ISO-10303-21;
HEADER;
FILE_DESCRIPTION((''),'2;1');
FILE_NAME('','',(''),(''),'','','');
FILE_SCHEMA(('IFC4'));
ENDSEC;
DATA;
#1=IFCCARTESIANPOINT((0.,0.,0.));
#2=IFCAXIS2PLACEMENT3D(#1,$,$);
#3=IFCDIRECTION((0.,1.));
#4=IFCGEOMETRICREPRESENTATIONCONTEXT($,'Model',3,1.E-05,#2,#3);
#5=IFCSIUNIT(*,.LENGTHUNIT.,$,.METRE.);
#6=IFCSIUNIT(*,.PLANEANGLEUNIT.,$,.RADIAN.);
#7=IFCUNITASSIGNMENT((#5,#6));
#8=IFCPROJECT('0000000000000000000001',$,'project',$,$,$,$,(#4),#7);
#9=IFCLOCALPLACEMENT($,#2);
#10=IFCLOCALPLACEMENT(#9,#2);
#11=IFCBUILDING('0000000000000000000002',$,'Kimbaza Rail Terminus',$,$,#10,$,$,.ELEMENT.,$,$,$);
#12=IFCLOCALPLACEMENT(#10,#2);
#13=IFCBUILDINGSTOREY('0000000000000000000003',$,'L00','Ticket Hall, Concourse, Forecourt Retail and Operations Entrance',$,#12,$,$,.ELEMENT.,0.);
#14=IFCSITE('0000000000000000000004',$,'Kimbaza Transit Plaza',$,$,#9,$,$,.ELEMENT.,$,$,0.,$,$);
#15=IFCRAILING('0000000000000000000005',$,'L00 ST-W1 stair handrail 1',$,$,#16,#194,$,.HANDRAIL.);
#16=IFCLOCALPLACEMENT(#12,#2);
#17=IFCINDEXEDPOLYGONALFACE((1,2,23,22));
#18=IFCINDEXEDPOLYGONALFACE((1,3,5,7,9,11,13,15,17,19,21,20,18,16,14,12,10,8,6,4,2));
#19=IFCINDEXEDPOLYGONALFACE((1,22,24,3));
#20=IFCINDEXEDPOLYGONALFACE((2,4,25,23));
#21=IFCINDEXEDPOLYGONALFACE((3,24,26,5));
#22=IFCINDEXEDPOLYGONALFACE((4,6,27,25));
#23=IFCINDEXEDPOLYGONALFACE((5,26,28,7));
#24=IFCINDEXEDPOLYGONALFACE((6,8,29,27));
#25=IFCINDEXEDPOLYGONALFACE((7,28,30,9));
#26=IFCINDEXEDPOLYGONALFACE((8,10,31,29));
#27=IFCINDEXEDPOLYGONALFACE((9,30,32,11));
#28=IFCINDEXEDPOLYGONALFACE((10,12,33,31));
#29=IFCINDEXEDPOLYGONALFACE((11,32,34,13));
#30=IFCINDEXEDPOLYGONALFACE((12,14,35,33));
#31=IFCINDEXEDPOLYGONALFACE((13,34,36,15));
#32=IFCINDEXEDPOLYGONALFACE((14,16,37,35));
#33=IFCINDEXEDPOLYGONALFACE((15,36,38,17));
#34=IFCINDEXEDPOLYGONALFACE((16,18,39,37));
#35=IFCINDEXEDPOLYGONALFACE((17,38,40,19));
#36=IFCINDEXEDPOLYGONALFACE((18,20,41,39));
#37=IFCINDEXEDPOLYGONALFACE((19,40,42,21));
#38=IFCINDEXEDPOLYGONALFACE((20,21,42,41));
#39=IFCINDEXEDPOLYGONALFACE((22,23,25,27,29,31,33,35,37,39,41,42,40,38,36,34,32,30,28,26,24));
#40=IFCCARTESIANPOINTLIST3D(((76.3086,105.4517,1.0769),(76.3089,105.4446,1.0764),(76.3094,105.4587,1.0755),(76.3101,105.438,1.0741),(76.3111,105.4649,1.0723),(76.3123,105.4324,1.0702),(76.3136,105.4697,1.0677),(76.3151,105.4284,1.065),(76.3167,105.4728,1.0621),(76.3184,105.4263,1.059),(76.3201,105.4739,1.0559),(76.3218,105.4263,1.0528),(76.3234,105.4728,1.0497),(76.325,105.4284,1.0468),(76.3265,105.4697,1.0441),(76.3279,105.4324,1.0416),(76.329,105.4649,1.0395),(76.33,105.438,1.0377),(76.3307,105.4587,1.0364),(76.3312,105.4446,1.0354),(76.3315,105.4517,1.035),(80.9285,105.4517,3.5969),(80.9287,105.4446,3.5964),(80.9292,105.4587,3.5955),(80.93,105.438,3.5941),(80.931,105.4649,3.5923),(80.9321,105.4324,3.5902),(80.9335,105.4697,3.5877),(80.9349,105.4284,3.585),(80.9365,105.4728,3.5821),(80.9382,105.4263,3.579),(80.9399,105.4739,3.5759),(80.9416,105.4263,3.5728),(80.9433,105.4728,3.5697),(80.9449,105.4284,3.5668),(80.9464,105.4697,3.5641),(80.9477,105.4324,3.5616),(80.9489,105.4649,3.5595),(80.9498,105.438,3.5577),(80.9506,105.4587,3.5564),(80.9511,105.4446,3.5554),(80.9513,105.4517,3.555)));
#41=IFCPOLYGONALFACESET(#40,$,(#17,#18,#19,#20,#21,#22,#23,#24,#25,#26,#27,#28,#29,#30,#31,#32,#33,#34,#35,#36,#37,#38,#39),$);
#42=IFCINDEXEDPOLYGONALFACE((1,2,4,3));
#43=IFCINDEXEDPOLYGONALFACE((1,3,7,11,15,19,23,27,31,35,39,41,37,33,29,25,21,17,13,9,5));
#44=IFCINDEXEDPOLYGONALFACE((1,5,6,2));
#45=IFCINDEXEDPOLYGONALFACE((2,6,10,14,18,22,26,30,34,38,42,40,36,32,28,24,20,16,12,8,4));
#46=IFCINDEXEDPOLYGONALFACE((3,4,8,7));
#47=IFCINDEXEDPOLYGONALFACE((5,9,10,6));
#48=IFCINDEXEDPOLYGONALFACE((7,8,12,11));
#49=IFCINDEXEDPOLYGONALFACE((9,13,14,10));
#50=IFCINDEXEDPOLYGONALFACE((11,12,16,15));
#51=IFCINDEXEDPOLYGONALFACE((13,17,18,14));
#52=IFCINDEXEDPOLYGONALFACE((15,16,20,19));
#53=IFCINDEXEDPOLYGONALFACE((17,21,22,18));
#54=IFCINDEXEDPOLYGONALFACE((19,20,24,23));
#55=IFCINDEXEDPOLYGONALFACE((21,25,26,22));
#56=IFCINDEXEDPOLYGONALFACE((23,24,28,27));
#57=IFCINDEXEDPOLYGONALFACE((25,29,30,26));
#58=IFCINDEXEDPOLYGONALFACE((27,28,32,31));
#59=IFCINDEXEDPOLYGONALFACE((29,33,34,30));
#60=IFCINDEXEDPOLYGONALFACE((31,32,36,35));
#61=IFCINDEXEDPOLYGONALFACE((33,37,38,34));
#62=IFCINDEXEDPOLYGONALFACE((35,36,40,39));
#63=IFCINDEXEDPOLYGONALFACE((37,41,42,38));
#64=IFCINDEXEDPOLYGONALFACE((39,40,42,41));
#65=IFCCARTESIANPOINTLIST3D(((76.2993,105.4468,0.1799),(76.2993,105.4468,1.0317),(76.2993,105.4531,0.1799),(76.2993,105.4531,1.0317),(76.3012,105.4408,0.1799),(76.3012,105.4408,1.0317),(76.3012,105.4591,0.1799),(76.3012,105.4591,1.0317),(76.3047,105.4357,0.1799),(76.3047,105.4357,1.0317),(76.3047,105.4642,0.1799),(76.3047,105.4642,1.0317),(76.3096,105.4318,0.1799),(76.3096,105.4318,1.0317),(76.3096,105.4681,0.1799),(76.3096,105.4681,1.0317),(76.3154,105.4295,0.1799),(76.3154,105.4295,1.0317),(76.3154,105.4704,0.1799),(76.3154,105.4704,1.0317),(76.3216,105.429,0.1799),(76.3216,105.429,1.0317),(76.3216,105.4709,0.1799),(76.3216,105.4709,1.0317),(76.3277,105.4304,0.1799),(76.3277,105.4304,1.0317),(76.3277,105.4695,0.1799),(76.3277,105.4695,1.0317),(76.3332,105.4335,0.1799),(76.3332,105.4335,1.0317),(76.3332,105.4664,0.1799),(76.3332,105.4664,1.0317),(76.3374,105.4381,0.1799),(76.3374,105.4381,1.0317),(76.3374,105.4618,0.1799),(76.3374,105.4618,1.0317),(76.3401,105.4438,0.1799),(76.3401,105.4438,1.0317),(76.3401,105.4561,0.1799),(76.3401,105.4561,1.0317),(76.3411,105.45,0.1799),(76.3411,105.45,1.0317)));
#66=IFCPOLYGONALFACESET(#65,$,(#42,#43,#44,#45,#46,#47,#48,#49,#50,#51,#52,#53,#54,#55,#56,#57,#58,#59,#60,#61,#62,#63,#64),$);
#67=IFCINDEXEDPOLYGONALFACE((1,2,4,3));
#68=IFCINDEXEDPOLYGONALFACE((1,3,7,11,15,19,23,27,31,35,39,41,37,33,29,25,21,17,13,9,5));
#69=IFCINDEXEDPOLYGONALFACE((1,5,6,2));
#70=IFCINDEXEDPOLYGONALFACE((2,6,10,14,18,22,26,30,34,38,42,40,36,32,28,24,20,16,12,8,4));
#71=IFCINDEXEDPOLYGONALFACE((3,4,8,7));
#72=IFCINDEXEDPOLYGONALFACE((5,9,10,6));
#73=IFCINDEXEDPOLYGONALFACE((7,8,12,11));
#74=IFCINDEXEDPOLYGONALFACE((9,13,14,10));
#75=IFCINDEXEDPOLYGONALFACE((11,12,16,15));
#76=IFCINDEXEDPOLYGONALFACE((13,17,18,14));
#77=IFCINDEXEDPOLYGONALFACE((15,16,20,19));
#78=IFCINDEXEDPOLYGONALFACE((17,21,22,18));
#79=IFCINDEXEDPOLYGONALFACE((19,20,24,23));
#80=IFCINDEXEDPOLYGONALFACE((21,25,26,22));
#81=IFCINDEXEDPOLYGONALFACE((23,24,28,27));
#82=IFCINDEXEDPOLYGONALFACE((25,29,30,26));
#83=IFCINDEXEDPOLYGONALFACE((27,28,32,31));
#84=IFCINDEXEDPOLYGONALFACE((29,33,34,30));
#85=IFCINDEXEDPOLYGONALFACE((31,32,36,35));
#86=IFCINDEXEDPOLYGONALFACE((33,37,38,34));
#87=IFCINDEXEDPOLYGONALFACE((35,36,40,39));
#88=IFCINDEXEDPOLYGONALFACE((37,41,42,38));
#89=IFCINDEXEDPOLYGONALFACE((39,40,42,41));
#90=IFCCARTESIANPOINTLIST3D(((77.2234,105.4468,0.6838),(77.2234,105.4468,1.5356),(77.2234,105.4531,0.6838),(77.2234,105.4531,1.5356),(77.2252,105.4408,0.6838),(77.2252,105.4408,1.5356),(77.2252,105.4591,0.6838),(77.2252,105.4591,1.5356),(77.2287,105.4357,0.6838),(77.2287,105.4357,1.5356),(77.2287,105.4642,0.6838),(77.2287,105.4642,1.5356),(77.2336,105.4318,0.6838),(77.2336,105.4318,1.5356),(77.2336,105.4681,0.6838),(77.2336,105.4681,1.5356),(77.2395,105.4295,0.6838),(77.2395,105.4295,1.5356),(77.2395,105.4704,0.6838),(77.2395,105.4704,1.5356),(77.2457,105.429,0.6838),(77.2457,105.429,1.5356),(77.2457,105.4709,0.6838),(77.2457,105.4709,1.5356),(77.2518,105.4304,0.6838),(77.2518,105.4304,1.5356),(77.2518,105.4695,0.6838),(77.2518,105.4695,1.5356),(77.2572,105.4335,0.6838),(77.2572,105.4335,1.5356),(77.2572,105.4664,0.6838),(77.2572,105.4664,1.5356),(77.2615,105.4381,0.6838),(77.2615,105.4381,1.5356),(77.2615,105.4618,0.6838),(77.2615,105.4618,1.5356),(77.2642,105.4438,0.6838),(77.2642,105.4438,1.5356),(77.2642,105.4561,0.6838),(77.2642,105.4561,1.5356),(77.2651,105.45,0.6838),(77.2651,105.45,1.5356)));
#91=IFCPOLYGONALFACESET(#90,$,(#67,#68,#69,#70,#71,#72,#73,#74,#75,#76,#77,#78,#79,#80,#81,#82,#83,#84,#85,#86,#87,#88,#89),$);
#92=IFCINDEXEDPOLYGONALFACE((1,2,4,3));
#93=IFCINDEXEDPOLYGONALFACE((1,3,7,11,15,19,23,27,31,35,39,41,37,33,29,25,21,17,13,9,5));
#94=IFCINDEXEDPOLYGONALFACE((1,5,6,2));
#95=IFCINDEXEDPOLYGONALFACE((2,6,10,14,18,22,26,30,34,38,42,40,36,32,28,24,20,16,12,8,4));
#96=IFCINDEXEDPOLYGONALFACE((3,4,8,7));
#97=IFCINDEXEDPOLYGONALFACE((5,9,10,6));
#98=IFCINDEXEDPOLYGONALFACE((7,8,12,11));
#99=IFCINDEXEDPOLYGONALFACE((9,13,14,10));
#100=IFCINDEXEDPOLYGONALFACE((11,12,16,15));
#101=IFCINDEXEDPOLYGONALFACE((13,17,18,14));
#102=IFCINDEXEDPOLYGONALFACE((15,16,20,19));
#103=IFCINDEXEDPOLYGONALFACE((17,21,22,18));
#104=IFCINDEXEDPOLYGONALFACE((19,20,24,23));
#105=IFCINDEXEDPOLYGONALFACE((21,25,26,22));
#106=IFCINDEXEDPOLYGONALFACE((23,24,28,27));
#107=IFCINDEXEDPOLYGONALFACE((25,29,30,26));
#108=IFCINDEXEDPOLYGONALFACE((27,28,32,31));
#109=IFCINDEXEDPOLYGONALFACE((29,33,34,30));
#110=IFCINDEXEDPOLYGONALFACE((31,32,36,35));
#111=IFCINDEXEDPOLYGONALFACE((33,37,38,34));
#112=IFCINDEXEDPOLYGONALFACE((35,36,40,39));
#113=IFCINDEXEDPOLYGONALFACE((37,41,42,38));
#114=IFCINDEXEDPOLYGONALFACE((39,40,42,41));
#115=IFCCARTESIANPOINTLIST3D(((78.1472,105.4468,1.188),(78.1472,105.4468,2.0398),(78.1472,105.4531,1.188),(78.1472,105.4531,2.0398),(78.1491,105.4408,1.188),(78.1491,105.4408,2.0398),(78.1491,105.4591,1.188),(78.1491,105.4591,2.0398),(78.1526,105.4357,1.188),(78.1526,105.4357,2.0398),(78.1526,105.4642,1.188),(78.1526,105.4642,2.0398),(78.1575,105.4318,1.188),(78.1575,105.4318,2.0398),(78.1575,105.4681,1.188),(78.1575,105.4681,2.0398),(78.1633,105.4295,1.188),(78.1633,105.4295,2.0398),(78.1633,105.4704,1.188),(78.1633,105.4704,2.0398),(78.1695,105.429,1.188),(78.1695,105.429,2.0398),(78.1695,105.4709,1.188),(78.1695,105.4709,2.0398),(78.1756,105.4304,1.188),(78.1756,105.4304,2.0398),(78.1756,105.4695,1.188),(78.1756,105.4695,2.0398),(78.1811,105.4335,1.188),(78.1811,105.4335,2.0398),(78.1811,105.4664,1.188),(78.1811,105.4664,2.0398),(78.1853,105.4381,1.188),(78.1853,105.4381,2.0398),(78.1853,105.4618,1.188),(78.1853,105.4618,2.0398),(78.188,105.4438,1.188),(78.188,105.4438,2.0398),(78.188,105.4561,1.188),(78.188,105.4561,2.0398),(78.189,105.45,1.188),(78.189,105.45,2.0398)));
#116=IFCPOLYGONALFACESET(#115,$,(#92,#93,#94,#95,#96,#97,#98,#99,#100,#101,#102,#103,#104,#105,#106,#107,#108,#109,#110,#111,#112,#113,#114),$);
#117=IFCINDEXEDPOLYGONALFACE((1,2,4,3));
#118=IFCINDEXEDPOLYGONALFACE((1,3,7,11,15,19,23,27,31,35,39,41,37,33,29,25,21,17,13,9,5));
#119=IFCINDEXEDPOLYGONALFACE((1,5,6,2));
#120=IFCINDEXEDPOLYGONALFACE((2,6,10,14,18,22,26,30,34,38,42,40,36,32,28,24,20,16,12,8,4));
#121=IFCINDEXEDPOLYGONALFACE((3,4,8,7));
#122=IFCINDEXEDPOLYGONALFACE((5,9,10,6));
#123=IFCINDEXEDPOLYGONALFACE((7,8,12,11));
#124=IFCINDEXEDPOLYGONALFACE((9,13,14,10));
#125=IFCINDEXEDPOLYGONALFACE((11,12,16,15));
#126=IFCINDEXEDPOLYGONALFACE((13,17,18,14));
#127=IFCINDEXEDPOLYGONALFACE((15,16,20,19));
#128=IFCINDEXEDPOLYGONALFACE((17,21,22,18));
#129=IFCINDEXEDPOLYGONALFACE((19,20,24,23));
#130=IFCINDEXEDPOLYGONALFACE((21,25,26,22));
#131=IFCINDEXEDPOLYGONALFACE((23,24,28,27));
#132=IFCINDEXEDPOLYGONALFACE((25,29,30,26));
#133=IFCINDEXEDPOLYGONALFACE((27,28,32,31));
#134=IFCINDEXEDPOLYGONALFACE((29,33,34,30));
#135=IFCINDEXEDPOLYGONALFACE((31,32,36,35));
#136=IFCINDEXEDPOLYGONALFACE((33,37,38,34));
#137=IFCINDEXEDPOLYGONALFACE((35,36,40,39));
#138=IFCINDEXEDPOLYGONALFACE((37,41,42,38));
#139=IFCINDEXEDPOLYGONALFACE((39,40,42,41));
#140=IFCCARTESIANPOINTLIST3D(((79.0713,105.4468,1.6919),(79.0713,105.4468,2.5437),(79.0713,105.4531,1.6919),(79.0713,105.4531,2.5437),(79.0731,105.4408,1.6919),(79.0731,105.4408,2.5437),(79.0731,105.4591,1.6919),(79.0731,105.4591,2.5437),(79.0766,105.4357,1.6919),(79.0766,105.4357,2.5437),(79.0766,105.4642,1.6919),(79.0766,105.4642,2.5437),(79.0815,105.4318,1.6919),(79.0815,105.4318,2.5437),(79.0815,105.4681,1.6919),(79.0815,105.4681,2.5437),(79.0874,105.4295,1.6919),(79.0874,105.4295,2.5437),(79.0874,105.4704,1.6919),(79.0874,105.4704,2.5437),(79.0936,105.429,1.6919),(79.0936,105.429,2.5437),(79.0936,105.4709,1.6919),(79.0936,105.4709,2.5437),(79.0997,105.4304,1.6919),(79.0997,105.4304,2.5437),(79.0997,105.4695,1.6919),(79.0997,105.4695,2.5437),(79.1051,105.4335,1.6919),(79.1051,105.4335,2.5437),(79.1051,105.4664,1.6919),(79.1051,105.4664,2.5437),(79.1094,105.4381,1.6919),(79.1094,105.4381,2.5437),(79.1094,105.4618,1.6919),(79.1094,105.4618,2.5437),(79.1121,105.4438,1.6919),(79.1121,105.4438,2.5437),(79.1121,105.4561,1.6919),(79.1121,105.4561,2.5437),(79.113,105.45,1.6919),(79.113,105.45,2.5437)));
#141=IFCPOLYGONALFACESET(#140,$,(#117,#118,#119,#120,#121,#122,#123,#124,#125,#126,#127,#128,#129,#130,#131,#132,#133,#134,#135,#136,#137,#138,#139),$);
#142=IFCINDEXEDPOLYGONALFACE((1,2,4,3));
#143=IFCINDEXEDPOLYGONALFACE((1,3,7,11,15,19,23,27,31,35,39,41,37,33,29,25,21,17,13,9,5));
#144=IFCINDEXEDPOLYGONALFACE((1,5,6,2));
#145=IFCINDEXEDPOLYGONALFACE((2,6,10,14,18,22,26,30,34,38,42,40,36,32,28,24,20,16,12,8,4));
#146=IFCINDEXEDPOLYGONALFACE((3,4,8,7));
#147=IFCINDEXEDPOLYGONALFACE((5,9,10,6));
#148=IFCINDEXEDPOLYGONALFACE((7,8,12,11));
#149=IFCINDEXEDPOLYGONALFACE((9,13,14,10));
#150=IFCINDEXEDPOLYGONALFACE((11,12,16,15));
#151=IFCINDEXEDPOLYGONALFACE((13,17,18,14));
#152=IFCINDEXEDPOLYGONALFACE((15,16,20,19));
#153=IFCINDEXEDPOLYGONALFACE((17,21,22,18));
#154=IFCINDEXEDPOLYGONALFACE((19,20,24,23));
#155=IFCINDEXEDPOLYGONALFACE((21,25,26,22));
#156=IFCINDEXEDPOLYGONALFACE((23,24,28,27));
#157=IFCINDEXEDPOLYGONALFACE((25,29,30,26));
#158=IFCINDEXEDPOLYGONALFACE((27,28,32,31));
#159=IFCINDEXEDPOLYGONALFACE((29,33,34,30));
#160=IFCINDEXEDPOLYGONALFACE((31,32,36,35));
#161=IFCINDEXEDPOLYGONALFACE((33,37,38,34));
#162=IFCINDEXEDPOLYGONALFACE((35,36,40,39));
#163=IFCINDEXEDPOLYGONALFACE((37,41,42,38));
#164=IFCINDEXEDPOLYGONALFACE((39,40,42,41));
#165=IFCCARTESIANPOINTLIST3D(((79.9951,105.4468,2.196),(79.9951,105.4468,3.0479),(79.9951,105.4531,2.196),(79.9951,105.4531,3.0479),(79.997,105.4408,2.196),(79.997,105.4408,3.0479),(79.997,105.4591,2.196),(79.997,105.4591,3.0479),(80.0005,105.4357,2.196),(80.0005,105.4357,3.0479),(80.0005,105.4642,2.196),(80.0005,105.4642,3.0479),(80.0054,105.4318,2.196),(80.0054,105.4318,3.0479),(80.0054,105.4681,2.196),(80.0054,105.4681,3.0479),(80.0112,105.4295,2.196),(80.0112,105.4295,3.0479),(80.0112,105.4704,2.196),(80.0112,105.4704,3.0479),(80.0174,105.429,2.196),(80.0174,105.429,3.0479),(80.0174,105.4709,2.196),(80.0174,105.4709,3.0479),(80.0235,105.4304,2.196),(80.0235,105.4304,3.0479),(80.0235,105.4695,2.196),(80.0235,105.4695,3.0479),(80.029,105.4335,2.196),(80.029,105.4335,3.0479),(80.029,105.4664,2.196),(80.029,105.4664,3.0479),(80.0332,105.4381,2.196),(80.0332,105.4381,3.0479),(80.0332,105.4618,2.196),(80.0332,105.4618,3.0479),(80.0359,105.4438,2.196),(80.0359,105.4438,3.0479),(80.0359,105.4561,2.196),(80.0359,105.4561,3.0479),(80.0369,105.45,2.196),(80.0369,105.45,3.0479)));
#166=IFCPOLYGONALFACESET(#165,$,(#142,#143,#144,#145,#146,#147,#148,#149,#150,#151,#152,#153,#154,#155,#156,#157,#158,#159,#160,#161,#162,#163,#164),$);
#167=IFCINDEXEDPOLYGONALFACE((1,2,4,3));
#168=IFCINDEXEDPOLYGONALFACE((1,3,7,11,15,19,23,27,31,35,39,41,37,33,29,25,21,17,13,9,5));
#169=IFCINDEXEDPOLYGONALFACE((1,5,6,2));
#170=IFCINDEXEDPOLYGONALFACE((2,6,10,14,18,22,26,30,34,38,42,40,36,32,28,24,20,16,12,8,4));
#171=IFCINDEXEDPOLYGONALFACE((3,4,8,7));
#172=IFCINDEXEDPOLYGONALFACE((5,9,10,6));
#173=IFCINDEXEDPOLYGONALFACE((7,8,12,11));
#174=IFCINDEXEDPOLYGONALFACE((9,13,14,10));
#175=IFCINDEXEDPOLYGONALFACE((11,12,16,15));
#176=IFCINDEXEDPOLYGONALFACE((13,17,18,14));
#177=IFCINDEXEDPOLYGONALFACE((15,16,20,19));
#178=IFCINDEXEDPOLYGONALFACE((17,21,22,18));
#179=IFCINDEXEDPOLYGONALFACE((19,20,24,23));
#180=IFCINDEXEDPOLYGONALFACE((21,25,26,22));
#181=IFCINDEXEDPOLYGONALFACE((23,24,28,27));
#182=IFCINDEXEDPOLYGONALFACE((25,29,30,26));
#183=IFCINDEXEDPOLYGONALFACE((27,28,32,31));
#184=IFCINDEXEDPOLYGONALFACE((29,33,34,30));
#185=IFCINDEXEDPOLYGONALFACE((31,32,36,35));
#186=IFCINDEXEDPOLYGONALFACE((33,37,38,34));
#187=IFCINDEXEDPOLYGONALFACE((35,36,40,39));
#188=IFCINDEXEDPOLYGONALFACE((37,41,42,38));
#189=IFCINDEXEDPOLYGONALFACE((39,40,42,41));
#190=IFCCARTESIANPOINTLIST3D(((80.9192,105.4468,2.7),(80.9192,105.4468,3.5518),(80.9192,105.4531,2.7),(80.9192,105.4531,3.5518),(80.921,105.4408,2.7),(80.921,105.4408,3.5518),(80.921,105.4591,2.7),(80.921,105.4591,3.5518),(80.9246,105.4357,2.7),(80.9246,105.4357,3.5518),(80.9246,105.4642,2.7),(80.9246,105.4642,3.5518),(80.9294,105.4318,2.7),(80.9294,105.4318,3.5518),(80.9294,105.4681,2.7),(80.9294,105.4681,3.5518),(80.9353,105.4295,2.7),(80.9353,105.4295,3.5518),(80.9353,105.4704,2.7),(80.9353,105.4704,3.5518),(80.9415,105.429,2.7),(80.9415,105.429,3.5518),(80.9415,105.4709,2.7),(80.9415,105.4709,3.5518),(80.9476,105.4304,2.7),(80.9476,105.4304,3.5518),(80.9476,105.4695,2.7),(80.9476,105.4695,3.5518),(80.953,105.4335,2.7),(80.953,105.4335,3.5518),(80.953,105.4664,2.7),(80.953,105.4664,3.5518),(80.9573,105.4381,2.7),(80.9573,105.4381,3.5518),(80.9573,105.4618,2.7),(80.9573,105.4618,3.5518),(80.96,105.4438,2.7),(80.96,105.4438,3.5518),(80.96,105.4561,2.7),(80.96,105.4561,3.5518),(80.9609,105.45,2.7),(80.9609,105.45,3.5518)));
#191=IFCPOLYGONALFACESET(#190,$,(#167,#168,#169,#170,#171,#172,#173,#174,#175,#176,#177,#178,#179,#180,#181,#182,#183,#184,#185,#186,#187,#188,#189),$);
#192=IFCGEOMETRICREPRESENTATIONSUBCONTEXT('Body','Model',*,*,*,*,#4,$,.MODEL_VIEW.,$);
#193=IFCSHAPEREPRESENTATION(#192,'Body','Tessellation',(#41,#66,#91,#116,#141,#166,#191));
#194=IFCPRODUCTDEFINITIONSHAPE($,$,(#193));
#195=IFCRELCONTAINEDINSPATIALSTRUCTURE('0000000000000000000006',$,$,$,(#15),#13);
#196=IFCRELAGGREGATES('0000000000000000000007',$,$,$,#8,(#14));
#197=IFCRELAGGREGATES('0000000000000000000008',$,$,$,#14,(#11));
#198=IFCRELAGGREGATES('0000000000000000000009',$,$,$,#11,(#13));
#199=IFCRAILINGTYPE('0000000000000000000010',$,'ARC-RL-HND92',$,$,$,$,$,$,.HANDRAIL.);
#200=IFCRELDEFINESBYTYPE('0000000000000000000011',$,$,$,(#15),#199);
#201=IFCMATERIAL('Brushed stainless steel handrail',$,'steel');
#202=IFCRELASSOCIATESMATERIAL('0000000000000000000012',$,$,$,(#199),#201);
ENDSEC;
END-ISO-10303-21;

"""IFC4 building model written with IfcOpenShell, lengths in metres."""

from ifc_helpers import new_model, si_unit, direction, frame, origin, origin_2d, place, context, subcontext, project, spatial, circle, extrude, material, type_object, element, save


model = new_model("IFC4")

# Units and contexts
model_context = context("Model", 3, precision=1e-05, world=origin(), true_north=direction((0.0, 1.0)))
body_context = subcontext(model_context, "Body", "Model", "MODEL_VIEW")
ifc_project = project(units=[si_unit("LENGTHUNIT", "METRE"), si_unit("PLANEANGLEUNIT", "RADIAN")], contexts=[model_context])

# Site, building, storey
site_placement = place(None, origin())
site = spatial("IfcSite", under=ifc_project, at=site_placement, Name="Kimbaza Transit Plaza", CompositionType="ELEMENT", RefElevation=0.0)
building_placement = place(site_placement, origin())
building = spatial("IfcBuilding", under=site, at=building_placement, Name="Kimbaza Rail Terminus", CompositionType="ELEMENT")
storey_placement = place(building_placement, origin())
storey = spatial("IfcBuildingStorey", under=building, at=storey_placement, Name="L00", Description="Ticket Hall, Concourse, Forecourt Retail and Operations Entrance", CompositionType="ELEMENT", Elevation=0.0)

# Railing
ifc_material_1 = material(Name="Brushed stainless steel handrail", Category="steel")
railing_type_1 = type_object("IfcRailingType", Name="ARC-RL-HND92", PredefinedType="HANDRAIL", material=ifc_material_1)
railing_1_placement = place(storey_placement, frame((76.3201, 105.45, 0.1799)))
element("IfcRailing", 1, at=railing_1_placement, inside=storey, type_object=railing_type_1, Name="L00 ST-W1 stair handrail 1", PredefinedType="HANDRAIL", context=body_context, shape_type="SweptSolid", body=[
    extrude(circle(Radius=0.0239, at=origin_2d()), frame((0.0, 0.0, 0.876), z_axis=(0.877888, 0.0, 0.478865), x_axis=(0.0, 1.0, 0.0)), (0.0, 0.0, 1.0), 5.2625),
    extrude(circle(Radius=0.021, at=origin_2d()), origin(), (0.0, 0.0, 1.0), 0.8518),
    extrude(circle(Radius=0.021, at=origin_2d()), frame((0.9241, 0.0, 0.5039)), (0.0, 0.0, 1.0), 0.8518),
    extrude(circle(Radius=0.021, at=origin_2d()), frame((1.8479, 0.0, 1.0081)), (0.0, 0.0, 1.0), 0.8518),
    extrude(circle(Radius=0.021, at=origin_2d()), frame((2.772, 0.0, 1.512)), (0.0, 0.0, 1.0), 0.8518),
    extrude(circle(Radius=0.021, at=origin_2d()), frame((3.6958, 0.0, 2.0161)), (0.0, 0.0, 1.0), 0.8518),
    extrude(circle(Radius=0.021, at=origin_2d()), frame((4.6199, 0.0, 2.52)), (0.0, 0.0, 1.0), 0.8518),
])

save(model, "model.ifc")
